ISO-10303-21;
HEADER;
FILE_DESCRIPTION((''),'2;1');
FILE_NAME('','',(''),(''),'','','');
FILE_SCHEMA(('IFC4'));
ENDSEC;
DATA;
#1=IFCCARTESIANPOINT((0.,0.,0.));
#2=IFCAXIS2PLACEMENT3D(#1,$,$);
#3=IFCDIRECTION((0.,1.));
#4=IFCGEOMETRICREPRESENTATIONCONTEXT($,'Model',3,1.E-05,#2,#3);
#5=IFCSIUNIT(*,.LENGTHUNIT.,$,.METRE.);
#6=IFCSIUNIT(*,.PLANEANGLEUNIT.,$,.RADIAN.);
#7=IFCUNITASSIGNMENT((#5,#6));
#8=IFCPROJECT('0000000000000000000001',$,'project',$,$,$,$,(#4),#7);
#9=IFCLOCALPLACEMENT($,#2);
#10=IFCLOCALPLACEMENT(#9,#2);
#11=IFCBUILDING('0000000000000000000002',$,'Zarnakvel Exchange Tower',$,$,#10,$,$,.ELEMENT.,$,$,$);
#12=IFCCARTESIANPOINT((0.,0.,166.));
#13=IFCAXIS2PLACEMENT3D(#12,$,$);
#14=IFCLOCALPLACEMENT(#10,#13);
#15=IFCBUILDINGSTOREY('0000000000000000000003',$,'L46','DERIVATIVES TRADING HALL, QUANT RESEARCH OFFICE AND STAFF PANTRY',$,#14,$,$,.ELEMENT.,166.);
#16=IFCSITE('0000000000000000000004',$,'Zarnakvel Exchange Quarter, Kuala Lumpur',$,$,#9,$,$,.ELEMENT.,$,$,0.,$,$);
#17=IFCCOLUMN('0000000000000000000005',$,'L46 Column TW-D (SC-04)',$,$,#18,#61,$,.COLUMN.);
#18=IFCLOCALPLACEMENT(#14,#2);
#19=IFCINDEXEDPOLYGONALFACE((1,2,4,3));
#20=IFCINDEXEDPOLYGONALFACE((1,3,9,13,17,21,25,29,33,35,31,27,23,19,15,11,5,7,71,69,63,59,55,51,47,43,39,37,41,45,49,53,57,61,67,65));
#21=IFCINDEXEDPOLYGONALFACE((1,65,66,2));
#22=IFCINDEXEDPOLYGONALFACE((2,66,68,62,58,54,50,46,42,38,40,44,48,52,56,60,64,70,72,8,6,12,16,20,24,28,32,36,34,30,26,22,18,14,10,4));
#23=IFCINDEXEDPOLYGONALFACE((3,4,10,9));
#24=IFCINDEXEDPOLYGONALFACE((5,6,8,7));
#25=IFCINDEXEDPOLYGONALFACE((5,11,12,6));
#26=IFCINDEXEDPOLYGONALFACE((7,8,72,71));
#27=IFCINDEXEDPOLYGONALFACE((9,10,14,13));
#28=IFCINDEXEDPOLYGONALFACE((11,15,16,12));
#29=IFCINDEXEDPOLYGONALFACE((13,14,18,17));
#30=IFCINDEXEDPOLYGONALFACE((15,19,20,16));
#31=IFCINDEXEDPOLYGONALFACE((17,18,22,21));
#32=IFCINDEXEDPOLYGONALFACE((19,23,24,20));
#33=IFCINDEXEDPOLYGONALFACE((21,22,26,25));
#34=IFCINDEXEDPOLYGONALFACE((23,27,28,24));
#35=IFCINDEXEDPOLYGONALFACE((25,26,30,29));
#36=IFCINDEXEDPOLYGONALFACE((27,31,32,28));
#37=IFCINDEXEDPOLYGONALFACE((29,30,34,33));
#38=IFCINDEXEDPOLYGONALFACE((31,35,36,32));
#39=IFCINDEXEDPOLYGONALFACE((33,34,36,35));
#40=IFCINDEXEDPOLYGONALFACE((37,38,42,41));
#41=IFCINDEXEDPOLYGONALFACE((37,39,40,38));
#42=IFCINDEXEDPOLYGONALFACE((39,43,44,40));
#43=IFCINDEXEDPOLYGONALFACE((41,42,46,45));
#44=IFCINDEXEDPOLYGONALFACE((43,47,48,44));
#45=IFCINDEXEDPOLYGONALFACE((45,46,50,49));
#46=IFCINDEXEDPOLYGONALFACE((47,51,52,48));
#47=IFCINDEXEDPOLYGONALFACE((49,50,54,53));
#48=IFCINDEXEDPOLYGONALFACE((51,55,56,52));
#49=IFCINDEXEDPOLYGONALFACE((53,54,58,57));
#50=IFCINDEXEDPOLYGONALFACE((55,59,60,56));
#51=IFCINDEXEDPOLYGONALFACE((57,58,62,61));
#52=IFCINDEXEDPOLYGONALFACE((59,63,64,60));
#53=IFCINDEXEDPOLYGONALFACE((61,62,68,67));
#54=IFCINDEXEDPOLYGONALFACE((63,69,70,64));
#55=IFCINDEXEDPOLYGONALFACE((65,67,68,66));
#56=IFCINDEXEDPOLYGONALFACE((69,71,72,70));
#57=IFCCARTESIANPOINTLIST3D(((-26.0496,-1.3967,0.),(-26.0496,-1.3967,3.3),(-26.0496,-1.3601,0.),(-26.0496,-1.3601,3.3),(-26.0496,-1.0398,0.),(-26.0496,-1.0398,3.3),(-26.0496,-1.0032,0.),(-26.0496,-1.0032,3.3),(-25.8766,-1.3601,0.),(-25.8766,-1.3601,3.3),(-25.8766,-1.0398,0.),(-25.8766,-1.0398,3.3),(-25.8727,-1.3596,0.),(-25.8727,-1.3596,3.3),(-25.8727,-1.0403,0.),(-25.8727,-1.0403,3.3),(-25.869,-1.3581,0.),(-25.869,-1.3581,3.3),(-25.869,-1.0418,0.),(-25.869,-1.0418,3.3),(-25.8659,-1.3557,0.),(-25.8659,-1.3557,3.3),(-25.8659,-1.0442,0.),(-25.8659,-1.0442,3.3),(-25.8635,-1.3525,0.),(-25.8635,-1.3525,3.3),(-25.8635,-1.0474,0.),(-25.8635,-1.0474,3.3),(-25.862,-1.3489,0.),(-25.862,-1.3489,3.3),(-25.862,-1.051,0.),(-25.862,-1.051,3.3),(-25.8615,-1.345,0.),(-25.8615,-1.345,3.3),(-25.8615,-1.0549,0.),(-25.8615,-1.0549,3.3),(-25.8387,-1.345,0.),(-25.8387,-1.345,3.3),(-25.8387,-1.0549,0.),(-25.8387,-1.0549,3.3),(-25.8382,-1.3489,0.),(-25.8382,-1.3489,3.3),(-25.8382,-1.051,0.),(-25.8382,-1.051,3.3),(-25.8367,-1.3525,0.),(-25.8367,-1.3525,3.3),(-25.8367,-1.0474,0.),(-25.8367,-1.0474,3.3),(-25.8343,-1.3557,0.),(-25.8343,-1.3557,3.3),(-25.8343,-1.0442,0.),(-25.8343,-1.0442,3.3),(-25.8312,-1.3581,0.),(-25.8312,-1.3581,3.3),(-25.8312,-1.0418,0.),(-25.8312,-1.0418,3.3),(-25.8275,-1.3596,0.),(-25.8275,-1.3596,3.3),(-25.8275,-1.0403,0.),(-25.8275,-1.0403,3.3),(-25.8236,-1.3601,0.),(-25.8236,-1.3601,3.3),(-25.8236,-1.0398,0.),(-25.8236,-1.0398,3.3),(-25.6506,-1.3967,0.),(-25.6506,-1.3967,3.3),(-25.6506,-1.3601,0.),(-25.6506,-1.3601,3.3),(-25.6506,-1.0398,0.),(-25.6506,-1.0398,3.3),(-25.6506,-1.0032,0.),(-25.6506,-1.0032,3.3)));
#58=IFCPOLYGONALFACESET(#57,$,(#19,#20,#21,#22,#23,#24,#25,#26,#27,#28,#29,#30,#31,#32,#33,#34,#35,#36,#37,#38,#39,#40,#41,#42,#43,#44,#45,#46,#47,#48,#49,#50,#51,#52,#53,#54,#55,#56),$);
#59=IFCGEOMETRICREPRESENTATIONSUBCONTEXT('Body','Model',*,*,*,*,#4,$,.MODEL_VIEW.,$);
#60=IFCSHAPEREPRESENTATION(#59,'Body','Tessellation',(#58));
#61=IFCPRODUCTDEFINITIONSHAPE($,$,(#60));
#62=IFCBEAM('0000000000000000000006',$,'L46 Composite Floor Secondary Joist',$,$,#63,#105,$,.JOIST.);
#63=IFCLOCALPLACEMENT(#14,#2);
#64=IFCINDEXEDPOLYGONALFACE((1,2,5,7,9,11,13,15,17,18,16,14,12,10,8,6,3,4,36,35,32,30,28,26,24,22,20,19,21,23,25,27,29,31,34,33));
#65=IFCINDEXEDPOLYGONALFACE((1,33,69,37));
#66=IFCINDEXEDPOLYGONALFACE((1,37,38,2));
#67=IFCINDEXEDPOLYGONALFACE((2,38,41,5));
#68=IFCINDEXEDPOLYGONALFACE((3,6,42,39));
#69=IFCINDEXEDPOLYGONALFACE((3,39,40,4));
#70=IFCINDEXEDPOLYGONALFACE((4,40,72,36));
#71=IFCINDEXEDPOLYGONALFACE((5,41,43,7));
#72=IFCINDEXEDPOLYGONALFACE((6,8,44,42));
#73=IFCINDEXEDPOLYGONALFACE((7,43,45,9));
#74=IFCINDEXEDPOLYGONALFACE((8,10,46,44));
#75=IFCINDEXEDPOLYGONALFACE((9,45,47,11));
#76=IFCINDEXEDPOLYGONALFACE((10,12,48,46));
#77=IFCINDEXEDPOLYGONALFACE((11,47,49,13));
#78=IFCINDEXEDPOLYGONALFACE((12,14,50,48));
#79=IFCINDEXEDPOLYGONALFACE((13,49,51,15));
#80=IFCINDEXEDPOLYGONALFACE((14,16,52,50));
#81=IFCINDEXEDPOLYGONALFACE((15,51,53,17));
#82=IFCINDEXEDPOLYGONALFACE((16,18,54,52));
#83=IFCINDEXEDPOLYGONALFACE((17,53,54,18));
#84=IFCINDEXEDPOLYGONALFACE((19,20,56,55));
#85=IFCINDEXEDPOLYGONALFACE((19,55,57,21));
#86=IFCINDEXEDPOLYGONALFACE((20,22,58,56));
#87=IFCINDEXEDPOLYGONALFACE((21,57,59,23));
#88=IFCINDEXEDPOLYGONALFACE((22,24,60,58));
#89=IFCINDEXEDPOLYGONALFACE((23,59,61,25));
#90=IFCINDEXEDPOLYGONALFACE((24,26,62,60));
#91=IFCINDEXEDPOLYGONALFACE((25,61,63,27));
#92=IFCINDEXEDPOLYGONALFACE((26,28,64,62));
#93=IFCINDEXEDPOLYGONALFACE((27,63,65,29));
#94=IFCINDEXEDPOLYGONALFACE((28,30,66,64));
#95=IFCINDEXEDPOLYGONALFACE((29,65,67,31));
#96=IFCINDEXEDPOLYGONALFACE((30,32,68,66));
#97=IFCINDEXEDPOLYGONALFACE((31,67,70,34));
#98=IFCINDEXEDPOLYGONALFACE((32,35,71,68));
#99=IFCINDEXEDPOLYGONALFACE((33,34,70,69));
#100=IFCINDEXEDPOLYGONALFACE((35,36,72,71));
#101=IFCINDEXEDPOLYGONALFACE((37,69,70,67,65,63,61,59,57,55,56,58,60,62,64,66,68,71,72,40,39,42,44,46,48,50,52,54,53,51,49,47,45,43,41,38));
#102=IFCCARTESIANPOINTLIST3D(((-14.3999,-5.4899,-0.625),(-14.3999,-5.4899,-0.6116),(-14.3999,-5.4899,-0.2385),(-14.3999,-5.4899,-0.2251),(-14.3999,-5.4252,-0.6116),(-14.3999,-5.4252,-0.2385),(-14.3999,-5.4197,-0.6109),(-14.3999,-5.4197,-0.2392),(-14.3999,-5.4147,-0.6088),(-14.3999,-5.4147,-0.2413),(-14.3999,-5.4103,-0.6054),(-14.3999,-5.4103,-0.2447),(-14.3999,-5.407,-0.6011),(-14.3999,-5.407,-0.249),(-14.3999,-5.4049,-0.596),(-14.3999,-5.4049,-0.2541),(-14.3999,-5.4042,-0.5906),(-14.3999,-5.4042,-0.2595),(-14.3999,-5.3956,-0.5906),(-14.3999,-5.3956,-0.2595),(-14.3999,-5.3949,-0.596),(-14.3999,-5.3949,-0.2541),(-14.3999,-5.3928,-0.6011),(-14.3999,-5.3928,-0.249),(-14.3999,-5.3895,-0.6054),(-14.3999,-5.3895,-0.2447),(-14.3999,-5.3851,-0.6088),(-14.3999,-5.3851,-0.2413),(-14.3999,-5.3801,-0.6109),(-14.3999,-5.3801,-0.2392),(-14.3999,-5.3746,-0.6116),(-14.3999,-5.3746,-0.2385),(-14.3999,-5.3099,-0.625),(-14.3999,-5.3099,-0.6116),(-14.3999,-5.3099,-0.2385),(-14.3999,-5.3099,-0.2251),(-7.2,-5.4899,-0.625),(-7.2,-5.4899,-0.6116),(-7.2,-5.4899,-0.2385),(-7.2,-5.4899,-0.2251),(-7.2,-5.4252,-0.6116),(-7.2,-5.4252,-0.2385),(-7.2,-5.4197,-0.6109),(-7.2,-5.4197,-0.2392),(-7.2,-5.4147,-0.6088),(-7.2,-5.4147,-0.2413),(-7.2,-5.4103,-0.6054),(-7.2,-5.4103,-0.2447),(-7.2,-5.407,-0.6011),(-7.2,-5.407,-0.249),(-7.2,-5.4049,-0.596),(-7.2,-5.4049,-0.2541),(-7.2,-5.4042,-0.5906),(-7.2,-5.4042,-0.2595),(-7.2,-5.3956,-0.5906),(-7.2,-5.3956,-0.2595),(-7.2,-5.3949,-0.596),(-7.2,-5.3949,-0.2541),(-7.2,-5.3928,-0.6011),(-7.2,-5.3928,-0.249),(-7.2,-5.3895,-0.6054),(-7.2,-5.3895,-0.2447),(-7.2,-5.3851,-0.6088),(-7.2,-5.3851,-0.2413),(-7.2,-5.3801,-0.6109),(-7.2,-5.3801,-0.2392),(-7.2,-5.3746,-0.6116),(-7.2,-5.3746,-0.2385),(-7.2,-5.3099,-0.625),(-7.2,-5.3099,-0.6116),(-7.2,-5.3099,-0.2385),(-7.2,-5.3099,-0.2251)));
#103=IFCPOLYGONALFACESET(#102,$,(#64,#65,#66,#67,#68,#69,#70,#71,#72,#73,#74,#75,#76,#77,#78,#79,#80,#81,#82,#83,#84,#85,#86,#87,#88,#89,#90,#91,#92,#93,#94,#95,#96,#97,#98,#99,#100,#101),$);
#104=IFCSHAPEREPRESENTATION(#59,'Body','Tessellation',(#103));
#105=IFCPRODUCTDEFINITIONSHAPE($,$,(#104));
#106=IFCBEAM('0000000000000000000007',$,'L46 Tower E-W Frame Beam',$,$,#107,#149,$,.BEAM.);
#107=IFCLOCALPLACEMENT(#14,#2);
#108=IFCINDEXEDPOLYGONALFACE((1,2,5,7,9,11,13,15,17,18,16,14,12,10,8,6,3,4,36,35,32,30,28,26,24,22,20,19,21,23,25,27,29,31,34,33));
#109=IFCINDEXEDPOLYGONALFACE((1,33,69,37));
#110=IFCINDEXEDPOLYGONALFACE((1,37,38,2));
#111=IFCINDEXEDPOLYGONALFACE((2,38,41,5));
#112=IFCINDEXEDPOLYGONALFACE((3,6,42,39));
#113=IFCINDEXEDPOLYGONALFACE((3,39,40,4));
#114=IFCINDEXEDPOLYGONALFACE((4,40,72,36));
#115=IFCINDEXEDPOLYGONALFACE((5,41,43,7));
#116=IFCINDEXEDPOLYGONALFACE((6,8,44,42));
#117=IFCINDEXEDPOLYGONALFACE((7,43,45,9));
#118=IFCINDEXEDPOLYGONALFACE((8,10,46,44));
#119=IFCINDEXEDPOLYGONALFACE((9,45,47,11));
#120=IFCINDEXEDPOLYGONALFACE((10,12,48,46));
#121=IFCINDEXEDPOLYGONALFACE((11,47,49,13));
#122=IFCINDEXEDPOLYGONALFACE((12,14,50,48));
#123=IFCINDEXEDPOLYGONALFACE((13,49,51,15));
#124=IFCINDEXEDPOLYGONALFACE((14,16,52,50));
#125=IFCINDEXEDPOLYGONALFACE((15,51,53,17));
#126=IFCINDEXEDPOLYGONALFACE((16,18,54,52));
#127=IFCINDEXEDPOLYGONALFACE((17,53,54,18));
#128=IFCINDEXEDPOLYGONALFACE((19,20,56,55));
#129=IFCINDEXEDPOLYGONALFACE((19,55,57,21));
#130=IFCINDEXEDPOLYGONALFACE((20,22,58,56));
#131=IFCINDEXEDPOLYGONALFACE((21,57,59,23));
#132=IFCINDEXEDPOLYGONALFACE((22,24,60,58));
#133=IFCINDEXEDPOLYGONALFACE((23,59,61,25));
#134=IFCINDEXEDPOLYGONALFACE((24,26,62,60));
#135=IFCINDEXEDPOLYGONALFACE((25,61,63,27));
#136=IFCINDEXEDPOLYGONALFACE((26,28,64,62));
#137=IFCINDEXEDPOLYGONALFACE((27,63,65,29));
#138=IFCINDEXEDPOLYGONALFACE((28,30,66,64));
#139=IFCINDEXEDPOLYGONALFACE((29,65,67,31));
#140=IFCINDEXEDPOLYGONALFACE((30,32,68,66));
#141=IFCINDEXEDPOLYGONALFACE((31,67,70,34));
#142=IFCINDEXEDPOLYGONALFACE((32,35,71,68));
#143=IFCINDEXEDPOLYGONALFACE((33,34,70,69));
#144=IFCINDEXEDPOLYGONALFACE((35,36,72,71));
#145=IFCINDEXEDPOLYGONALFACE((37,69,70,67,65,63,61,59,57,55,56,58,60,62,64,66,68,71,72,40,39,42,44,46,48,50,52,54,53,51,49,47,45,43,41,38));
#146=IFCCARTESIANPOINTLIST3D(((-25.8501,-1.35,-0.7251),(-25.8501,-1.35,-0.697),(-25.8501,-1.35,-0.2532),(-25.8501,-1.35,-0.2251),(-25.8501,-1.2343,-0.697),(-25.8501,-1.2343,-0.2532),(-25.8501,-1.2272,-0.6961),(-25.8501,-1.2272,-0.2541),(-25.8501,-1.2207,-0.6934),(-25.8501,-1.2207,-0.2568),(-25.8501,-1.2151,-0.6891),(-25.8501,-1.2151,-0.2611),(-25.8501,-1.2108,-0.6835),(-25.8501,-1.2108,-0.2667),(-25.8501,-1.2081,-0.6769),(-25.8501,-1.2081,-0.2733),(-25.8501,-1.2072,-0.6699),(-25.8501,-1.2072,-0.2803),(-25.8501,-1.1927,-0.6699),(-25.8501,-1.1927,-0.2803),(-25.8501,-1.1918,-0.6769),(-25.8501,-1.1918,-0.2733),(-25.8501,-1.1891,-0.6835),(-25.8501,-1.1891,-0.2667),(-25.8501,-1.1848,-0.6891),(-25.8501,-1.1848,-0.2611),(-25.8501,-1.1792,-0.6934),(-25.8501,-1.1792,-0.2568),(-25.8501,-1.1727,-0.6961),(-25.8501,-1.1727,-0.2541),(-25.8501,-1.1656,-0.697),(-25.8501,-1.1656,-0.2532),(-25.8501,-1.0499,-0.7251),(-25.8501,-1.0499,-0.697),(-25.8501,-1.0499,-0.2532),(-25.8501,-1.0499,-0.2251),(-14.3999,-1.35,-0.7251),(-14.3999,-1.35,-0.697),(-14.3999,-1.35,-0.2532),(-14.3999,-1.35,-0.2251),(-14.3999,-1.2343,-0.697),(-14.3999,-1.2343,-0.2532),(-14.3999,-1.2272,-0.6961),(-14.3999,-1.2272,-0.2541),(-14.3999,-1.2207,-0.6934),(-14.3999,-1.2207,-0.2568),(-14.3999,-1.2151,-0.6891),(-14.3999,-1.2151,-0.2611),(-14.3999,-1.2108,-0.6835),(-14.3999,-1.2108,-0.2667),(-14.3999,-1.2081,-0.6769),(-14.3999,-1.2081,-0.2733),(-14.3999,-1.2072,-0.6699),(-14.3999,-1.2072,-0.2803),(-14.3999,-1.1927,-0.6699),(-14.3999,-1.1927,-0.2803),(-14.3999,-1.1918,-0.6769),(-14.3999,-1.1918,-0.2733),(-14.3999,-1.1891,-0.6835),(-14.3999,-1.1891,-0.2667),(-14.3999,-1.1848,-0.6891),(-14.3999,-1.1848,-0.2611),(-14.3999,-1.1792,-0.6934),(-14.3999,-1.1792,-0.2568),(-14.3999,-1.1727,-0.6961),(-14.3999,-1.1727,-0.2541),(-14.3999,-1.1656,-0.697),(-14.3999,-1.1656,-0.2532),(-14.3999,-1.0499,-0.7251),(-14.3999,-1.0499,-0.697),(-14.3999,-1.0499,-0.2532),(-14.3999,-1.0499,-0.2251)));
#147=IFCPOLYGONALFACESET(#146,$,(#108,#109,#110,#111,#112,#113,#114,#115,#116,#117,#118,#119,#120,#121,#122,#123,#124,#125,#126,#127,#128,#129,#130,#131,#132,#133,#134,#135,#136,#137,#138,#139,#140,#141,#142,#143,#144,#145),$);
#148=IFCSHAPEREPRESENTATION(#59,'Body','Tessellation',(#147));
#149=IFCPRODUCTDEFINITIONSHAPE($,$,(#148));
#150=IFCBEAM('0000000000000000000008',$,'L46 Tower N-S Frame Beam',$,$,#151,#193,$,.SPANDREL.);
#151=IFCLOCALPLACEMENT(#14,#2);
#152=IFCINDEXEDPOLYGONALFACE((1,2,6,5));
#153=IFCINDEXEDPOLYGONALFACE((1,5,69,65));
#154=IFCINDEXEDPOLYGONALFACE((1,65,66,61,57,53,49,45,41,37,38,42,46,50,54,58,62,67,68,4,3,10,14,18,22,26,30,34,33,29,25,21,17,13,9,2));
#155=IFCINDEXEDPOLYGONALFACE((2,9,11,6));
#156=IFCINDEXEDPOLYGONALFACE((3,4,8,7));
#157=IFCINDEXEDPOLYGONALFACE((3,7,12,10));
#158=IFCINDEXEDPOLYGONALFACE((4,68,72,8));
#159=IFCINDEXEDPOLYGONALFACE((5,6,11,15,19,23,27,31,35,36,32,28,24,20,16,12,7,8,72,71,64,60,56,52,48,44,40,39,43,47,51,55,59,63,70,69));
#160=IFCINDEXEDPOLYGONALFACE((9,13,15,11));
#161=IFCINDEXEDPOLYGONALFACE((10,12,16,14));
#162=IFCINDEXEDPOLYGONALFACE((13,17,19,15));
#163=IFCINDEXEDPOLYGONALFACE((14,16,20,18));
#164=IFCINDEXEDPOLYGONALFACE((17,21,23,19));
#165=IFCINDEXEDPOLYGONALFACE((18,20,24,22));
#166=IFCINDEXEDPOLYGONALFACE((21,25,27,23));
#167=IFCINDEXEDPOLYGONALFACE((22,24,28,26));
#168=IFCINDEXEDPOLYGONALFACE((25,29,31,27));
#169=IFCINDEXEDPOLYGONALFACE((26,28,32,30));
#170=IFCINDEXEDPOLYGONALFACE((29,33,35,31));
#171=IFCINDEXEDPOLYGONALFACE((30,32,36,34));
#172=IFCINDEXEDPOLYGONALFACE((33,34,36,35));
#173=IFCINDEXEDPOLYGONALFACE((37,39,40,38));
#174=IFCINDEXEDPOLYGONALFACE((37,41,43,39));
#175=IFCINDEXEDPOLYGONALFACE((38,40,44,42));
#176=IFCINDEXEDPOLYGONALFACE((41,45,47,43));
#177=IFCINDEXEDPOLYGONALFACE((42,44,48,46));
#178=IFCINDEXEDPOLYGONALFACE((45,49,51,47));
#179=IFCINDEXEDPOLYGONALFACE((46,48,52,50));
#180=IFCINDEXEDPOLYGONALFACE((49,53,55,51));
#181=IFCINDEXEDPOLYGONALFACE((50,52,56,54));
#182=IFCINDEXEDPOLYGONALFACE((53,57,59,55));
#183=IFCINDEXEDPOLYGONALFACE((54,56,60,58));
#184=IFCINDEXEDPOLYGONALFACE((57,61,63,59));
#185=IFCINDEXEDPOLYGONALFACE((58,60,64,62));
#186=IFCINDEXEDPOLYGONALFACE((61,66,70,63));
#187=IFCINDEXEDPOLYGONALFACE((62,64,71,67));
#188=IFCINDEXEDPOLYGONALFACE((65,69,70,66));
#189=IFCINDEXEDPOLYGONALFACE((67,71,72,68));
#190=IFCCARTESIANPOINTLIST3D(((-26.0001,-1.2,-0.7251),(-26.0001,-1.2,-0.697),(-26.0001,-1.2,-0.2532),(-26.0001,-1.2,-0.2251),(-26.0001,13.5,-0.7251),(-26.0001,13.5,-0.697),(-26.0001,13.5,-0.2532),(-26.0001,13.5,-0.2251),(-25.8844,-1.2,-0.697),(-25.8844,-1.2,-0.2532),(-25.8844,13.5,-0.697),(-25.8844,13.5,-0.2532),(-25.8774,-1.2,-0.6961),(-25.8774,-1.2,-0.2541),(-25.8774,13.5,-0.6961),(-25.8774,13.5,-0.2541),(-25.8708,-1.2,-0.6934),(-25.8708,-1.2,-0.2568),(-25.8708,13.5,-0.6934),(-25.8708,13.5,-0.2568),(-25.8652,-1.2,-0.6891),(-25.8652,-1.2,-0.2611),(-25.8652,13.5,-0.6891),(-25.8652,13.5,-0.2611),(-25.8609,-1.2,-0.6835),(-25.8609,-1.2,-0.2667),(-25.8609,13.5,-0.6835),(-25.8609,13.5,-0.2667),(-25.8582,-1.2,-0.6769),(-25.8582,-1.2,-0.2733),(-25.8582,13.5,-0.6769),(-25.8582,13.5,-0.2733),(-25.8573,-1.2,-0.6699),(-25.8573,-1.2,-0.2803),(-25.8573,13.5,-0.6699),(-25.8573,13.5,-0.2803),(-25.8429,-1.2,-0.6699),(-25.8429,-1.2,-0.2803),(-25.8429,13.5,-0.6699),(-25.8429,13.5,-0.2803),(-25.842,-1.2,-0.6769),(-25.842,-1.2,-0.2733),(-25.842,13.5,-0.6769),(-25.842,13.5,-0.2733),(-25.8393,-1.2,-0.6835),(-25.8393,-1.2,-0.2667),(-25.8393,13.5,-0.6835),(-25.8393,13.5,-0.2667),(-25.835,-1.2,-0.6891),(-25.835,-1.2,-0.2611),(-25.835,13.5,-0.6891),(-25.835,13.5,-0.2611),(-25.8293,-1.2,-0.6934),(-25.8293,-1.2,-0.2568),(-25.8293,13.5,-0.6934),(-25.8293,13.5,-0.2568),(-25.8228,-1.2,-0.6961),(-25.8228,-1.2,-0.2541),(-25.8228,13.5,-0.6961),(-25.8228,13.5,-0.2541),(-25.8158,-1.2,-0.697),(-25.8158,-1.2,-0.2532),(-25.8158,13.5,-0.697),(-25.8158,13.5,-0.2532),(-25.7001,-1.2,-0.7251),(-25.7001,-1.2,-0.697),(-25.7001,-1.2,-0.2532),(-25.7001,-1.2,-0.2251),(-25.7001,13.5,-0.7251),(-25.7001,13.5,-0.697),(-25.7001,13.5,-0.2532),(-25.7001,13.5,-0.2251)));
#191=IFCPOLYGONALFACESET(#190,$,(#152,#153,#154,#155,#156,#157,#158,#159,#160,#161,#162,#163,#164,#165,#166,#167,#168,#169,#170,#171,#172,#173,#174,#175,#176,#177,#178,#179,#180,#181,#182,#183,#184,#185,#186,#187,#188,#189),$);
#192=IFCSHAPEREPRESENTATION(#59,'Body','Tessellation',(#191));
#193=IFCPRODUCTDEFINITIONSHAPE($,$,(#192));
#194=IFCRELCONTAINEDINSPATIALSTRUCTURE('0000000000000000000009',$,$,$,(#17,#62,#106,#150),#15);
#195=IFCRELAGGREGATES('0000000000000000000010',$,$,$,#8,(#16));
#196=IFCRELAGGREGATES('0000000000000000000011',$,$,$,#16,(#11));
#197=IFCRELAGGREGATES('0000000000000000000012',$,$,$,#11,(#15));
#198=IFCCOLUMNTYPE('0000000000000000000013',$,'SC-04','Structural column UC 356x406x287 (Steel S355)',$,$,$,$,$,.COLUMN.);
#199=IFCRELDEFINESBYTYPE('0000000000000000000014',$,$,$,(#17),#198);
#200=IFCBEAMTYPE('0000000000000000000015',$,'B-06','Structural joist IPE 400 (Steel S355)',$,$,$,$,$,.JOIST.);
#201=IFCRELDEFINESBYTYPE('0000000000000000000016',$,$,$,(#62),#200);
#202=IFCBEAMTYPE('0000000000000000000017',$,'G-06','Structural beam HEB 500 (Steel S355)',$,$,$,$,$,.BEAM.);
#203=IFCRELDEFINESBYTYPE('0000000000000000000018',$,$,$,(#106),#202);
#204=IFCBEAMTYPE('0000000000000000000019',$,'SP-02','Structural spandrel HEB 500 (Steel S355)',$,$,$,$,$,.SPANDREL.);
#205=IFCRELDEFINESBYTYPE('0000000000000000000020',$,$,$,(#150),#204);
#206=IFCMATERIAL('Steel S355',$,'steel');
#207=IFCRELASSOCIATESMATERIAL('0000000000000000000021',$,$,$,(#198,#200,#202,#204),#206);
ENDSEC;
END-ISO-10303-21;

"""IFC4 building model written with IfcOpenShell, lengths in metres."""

from ifc_helpers import new_model, si_unit, direction, frame, origin, origin_2d, place, context, subcontext, project, spatial, i_section, extrude, material, material_profile, profile_set, type_object, element, save


model = new_model("IFC4")

# Units and contexts
model_context = context("Model", 3, precision=1e-05, world=origin(), true_north=direction((0.0, 1.0)))
body_context = subcontext(model_context, "Body", "Model", "MODEL_VIEW")
ifc_project = project(units=[si_unit("LENGTHUNIT", "METRE"), si_unit("PLANEANGLEUNIT", "RADIAN")], contexts=[model_context])

# Site, building, storey
site_placement = place(None, origin())
site = spatial("IfcSite", under=ifc_project, at=site_placement, Name="Zarnakvel Exchange Quarter, Kuala Lumpur", CompositionType="ELEMENT", RefElevation=0.0)
building_placement = place(site_placement, origin())
building = spatial("IfcBuilding", under=site, at=building_placement, Name="Zarnakvel Exchange Tower", CompositionType="ELEMENT")
storey_placement = place(building_placement, frame((0.0, 0.0, 166.0)))
storey = spatial("IfcBuildingStorey", under=building, at=storey_placement, Name="L46", Description="DERIVATIVES TRADING HALL, QUANT RESEARCH OFFICE AND STAFF PANTRY", CompositionType="ELEMENT", Elevation=166.0)

# Column
ifc_material_1 = material(Name="Steel S355", Category="steel")
ifc_material_profile_1 = material_profile(ifc_material_1, i_section(OverallWidth=0.3989, OverallDepth=0.3936, WebThickness=0.0227, FlangeThickness=0.0366, FilletRadius=0.0151, at=origin_2d()))
ifc_profile_set_1 = profile_set([ifc_material_profile_1], Name="Steel S355")
column_type = type_object("IfcColumnType", Name="SC-04", Description="Structural column UC 356x406x287 (Steel S355)", PredefinedType="COLUMN", material=ifc_profile_set_1)
column_placement = place(storey_placement, frame((-25.8501, -1.2, 0.0), z_axis=(0.0, 0.0, 1.0), x_axis=(1.0, 0.0, 0.0)))
element("IfcColumn", 1, at=column_placement, inside=storey, type_object=column_type, Name="L46 Column TW-D (SC-04)", PredefinedType="COLUMN", context=body_context, shape_type="SweptSolid", body=[
    extrude(i_section(OverallWidth=0.3989, OverallDepth=0.3936, WebThickness=0.0227, FlangeThickness=0.0366, FilletRadius=0.0151, at=origin_2d()), origin(), (0.0, 0.0, 1.0), 3.3),
])

# Beams
ifc_material_profile_2 = material_profile(ifc_material_1, i_section(OverallWidth=0.1799, OverallDepth=0.3999, WebThickness=0.0085, FlangeThickness=0.0134, FilletRadius=0.021, at=origin_2d()))
ifc_profile_set_2 = profile_set([ifc_material_profile_2], Name="Steel S355")
beam_type_1 = type_object("IfcBeamType", Name="B-06", Description="Structural joist IPE 400 (Steel S355)", PredefinedType="JOIST", material=ifc_profile_set_2)
beam_1_placement = place(storey_placement, frame((-14.3999, -5.3999, -0.425), z_axis=(1.0, 0.0, 0.0), x_axis=(0.0, 1.0, 0.0)))
element("IfcBeam", 2, at=beam_1_placement, inside=storey, type_object=beam_type_1, Name="L46 Composite Floor Secondary Joist", PredefinedType="JOIST", context=body_context, shape_type="SweptSolid", body=[
    extrude(i_section(OverallWidth=0.1799, OverallDepth=0.3999, WebThickness=0.0085, FlangeThickness=0.0134, FilletRadius=0.021, at=origin_2d()), origin(), (0.0, 0.0, 1.0), 7.2),
])
ifc_material_profile_3 = material_profile(ifc_material_1, i_section(OverallWidth=0.3, OverallDepth=0.5, WebThickness=0.0144, FlangeThickness=0.0281, FilletRadius=0.0271, at=origin_2d()))
ifc_profile_set_3 = profile_set([ifc_material_profile_3], Name="Steel S355")
beam_type_2 = type_object("IfcBeamType", Name="G-06", Description="Structural beam HEB 500 (Steel S355)", PredefinedType="BEAM", material=ifc_profile_set_3)
beam_2_placement = place(storey_placement, frame((-25.8501, -1.2, -0.4751), z_axis=(1.0, 0.0, 0.0), x_axis=(0.0, 1.0, 0.0)))
element("IfcBeam", 3, at=beam_2_placement, inside=storey, type_object=beam_type_2, Name="L46 Tower E-W Frame Beam", PredefinedType="BEAM", context=body_context, shape_type="SweptSolid", body=[
    extrude(i_section(OverallWidth=0.3, OverallDepth=0.5, WebThickness=0.0144, FlangeThickness=0.0281, FilletRadius=0.0271, at=origin_2d()), origin(), (0.0, 0.0, 1.0), 11.4502),
])
ifc_material_profile_4 = material_profile(ifc_material_1, i_section(OverallWidth=0.3, OverallDepth=0.5, WebThickness=0.0144, FlangeThickness=0.0281, FilletRadius=0.0271, at=origin_2d()))
ifc_profile_set_4 = profile_set([ifc_material_profile_4], Name="Steel S355")
beam_type_3 = type_object("IfcBeamType", Name="SP-02", Description="Structural spandrel HEB 500 (Steel S355)", PredefinedType="SPANDREL", material=ifc_profile_set_4)
beam_3_placement = place(storey_placement, frame((-25.8501, -1.2, -0.4751), z_axis=(0.0, 1.0, 0.0), x_axis=(-1.0, 0.0, 0.0)))
element("IfcBeam", 4, at=beam_3_placement, inside=storey, type_object=beam_type_3, Name="L46 Tower N-S Frame Beam", PredefinedType="SPANDREL", context=body_context, shape_type="SweptSolid", body=[
    extrude(i_section(OverallWidth=0.3, OverallDepth=0.5, WebThickness=0.0144, FlangeThickness=0.0281, FilletRadius=0.0271, at=origin_2d()), origin(), (0.0, 0.0, 1.0), 14.7),
])

save(model, "model.ifc")
